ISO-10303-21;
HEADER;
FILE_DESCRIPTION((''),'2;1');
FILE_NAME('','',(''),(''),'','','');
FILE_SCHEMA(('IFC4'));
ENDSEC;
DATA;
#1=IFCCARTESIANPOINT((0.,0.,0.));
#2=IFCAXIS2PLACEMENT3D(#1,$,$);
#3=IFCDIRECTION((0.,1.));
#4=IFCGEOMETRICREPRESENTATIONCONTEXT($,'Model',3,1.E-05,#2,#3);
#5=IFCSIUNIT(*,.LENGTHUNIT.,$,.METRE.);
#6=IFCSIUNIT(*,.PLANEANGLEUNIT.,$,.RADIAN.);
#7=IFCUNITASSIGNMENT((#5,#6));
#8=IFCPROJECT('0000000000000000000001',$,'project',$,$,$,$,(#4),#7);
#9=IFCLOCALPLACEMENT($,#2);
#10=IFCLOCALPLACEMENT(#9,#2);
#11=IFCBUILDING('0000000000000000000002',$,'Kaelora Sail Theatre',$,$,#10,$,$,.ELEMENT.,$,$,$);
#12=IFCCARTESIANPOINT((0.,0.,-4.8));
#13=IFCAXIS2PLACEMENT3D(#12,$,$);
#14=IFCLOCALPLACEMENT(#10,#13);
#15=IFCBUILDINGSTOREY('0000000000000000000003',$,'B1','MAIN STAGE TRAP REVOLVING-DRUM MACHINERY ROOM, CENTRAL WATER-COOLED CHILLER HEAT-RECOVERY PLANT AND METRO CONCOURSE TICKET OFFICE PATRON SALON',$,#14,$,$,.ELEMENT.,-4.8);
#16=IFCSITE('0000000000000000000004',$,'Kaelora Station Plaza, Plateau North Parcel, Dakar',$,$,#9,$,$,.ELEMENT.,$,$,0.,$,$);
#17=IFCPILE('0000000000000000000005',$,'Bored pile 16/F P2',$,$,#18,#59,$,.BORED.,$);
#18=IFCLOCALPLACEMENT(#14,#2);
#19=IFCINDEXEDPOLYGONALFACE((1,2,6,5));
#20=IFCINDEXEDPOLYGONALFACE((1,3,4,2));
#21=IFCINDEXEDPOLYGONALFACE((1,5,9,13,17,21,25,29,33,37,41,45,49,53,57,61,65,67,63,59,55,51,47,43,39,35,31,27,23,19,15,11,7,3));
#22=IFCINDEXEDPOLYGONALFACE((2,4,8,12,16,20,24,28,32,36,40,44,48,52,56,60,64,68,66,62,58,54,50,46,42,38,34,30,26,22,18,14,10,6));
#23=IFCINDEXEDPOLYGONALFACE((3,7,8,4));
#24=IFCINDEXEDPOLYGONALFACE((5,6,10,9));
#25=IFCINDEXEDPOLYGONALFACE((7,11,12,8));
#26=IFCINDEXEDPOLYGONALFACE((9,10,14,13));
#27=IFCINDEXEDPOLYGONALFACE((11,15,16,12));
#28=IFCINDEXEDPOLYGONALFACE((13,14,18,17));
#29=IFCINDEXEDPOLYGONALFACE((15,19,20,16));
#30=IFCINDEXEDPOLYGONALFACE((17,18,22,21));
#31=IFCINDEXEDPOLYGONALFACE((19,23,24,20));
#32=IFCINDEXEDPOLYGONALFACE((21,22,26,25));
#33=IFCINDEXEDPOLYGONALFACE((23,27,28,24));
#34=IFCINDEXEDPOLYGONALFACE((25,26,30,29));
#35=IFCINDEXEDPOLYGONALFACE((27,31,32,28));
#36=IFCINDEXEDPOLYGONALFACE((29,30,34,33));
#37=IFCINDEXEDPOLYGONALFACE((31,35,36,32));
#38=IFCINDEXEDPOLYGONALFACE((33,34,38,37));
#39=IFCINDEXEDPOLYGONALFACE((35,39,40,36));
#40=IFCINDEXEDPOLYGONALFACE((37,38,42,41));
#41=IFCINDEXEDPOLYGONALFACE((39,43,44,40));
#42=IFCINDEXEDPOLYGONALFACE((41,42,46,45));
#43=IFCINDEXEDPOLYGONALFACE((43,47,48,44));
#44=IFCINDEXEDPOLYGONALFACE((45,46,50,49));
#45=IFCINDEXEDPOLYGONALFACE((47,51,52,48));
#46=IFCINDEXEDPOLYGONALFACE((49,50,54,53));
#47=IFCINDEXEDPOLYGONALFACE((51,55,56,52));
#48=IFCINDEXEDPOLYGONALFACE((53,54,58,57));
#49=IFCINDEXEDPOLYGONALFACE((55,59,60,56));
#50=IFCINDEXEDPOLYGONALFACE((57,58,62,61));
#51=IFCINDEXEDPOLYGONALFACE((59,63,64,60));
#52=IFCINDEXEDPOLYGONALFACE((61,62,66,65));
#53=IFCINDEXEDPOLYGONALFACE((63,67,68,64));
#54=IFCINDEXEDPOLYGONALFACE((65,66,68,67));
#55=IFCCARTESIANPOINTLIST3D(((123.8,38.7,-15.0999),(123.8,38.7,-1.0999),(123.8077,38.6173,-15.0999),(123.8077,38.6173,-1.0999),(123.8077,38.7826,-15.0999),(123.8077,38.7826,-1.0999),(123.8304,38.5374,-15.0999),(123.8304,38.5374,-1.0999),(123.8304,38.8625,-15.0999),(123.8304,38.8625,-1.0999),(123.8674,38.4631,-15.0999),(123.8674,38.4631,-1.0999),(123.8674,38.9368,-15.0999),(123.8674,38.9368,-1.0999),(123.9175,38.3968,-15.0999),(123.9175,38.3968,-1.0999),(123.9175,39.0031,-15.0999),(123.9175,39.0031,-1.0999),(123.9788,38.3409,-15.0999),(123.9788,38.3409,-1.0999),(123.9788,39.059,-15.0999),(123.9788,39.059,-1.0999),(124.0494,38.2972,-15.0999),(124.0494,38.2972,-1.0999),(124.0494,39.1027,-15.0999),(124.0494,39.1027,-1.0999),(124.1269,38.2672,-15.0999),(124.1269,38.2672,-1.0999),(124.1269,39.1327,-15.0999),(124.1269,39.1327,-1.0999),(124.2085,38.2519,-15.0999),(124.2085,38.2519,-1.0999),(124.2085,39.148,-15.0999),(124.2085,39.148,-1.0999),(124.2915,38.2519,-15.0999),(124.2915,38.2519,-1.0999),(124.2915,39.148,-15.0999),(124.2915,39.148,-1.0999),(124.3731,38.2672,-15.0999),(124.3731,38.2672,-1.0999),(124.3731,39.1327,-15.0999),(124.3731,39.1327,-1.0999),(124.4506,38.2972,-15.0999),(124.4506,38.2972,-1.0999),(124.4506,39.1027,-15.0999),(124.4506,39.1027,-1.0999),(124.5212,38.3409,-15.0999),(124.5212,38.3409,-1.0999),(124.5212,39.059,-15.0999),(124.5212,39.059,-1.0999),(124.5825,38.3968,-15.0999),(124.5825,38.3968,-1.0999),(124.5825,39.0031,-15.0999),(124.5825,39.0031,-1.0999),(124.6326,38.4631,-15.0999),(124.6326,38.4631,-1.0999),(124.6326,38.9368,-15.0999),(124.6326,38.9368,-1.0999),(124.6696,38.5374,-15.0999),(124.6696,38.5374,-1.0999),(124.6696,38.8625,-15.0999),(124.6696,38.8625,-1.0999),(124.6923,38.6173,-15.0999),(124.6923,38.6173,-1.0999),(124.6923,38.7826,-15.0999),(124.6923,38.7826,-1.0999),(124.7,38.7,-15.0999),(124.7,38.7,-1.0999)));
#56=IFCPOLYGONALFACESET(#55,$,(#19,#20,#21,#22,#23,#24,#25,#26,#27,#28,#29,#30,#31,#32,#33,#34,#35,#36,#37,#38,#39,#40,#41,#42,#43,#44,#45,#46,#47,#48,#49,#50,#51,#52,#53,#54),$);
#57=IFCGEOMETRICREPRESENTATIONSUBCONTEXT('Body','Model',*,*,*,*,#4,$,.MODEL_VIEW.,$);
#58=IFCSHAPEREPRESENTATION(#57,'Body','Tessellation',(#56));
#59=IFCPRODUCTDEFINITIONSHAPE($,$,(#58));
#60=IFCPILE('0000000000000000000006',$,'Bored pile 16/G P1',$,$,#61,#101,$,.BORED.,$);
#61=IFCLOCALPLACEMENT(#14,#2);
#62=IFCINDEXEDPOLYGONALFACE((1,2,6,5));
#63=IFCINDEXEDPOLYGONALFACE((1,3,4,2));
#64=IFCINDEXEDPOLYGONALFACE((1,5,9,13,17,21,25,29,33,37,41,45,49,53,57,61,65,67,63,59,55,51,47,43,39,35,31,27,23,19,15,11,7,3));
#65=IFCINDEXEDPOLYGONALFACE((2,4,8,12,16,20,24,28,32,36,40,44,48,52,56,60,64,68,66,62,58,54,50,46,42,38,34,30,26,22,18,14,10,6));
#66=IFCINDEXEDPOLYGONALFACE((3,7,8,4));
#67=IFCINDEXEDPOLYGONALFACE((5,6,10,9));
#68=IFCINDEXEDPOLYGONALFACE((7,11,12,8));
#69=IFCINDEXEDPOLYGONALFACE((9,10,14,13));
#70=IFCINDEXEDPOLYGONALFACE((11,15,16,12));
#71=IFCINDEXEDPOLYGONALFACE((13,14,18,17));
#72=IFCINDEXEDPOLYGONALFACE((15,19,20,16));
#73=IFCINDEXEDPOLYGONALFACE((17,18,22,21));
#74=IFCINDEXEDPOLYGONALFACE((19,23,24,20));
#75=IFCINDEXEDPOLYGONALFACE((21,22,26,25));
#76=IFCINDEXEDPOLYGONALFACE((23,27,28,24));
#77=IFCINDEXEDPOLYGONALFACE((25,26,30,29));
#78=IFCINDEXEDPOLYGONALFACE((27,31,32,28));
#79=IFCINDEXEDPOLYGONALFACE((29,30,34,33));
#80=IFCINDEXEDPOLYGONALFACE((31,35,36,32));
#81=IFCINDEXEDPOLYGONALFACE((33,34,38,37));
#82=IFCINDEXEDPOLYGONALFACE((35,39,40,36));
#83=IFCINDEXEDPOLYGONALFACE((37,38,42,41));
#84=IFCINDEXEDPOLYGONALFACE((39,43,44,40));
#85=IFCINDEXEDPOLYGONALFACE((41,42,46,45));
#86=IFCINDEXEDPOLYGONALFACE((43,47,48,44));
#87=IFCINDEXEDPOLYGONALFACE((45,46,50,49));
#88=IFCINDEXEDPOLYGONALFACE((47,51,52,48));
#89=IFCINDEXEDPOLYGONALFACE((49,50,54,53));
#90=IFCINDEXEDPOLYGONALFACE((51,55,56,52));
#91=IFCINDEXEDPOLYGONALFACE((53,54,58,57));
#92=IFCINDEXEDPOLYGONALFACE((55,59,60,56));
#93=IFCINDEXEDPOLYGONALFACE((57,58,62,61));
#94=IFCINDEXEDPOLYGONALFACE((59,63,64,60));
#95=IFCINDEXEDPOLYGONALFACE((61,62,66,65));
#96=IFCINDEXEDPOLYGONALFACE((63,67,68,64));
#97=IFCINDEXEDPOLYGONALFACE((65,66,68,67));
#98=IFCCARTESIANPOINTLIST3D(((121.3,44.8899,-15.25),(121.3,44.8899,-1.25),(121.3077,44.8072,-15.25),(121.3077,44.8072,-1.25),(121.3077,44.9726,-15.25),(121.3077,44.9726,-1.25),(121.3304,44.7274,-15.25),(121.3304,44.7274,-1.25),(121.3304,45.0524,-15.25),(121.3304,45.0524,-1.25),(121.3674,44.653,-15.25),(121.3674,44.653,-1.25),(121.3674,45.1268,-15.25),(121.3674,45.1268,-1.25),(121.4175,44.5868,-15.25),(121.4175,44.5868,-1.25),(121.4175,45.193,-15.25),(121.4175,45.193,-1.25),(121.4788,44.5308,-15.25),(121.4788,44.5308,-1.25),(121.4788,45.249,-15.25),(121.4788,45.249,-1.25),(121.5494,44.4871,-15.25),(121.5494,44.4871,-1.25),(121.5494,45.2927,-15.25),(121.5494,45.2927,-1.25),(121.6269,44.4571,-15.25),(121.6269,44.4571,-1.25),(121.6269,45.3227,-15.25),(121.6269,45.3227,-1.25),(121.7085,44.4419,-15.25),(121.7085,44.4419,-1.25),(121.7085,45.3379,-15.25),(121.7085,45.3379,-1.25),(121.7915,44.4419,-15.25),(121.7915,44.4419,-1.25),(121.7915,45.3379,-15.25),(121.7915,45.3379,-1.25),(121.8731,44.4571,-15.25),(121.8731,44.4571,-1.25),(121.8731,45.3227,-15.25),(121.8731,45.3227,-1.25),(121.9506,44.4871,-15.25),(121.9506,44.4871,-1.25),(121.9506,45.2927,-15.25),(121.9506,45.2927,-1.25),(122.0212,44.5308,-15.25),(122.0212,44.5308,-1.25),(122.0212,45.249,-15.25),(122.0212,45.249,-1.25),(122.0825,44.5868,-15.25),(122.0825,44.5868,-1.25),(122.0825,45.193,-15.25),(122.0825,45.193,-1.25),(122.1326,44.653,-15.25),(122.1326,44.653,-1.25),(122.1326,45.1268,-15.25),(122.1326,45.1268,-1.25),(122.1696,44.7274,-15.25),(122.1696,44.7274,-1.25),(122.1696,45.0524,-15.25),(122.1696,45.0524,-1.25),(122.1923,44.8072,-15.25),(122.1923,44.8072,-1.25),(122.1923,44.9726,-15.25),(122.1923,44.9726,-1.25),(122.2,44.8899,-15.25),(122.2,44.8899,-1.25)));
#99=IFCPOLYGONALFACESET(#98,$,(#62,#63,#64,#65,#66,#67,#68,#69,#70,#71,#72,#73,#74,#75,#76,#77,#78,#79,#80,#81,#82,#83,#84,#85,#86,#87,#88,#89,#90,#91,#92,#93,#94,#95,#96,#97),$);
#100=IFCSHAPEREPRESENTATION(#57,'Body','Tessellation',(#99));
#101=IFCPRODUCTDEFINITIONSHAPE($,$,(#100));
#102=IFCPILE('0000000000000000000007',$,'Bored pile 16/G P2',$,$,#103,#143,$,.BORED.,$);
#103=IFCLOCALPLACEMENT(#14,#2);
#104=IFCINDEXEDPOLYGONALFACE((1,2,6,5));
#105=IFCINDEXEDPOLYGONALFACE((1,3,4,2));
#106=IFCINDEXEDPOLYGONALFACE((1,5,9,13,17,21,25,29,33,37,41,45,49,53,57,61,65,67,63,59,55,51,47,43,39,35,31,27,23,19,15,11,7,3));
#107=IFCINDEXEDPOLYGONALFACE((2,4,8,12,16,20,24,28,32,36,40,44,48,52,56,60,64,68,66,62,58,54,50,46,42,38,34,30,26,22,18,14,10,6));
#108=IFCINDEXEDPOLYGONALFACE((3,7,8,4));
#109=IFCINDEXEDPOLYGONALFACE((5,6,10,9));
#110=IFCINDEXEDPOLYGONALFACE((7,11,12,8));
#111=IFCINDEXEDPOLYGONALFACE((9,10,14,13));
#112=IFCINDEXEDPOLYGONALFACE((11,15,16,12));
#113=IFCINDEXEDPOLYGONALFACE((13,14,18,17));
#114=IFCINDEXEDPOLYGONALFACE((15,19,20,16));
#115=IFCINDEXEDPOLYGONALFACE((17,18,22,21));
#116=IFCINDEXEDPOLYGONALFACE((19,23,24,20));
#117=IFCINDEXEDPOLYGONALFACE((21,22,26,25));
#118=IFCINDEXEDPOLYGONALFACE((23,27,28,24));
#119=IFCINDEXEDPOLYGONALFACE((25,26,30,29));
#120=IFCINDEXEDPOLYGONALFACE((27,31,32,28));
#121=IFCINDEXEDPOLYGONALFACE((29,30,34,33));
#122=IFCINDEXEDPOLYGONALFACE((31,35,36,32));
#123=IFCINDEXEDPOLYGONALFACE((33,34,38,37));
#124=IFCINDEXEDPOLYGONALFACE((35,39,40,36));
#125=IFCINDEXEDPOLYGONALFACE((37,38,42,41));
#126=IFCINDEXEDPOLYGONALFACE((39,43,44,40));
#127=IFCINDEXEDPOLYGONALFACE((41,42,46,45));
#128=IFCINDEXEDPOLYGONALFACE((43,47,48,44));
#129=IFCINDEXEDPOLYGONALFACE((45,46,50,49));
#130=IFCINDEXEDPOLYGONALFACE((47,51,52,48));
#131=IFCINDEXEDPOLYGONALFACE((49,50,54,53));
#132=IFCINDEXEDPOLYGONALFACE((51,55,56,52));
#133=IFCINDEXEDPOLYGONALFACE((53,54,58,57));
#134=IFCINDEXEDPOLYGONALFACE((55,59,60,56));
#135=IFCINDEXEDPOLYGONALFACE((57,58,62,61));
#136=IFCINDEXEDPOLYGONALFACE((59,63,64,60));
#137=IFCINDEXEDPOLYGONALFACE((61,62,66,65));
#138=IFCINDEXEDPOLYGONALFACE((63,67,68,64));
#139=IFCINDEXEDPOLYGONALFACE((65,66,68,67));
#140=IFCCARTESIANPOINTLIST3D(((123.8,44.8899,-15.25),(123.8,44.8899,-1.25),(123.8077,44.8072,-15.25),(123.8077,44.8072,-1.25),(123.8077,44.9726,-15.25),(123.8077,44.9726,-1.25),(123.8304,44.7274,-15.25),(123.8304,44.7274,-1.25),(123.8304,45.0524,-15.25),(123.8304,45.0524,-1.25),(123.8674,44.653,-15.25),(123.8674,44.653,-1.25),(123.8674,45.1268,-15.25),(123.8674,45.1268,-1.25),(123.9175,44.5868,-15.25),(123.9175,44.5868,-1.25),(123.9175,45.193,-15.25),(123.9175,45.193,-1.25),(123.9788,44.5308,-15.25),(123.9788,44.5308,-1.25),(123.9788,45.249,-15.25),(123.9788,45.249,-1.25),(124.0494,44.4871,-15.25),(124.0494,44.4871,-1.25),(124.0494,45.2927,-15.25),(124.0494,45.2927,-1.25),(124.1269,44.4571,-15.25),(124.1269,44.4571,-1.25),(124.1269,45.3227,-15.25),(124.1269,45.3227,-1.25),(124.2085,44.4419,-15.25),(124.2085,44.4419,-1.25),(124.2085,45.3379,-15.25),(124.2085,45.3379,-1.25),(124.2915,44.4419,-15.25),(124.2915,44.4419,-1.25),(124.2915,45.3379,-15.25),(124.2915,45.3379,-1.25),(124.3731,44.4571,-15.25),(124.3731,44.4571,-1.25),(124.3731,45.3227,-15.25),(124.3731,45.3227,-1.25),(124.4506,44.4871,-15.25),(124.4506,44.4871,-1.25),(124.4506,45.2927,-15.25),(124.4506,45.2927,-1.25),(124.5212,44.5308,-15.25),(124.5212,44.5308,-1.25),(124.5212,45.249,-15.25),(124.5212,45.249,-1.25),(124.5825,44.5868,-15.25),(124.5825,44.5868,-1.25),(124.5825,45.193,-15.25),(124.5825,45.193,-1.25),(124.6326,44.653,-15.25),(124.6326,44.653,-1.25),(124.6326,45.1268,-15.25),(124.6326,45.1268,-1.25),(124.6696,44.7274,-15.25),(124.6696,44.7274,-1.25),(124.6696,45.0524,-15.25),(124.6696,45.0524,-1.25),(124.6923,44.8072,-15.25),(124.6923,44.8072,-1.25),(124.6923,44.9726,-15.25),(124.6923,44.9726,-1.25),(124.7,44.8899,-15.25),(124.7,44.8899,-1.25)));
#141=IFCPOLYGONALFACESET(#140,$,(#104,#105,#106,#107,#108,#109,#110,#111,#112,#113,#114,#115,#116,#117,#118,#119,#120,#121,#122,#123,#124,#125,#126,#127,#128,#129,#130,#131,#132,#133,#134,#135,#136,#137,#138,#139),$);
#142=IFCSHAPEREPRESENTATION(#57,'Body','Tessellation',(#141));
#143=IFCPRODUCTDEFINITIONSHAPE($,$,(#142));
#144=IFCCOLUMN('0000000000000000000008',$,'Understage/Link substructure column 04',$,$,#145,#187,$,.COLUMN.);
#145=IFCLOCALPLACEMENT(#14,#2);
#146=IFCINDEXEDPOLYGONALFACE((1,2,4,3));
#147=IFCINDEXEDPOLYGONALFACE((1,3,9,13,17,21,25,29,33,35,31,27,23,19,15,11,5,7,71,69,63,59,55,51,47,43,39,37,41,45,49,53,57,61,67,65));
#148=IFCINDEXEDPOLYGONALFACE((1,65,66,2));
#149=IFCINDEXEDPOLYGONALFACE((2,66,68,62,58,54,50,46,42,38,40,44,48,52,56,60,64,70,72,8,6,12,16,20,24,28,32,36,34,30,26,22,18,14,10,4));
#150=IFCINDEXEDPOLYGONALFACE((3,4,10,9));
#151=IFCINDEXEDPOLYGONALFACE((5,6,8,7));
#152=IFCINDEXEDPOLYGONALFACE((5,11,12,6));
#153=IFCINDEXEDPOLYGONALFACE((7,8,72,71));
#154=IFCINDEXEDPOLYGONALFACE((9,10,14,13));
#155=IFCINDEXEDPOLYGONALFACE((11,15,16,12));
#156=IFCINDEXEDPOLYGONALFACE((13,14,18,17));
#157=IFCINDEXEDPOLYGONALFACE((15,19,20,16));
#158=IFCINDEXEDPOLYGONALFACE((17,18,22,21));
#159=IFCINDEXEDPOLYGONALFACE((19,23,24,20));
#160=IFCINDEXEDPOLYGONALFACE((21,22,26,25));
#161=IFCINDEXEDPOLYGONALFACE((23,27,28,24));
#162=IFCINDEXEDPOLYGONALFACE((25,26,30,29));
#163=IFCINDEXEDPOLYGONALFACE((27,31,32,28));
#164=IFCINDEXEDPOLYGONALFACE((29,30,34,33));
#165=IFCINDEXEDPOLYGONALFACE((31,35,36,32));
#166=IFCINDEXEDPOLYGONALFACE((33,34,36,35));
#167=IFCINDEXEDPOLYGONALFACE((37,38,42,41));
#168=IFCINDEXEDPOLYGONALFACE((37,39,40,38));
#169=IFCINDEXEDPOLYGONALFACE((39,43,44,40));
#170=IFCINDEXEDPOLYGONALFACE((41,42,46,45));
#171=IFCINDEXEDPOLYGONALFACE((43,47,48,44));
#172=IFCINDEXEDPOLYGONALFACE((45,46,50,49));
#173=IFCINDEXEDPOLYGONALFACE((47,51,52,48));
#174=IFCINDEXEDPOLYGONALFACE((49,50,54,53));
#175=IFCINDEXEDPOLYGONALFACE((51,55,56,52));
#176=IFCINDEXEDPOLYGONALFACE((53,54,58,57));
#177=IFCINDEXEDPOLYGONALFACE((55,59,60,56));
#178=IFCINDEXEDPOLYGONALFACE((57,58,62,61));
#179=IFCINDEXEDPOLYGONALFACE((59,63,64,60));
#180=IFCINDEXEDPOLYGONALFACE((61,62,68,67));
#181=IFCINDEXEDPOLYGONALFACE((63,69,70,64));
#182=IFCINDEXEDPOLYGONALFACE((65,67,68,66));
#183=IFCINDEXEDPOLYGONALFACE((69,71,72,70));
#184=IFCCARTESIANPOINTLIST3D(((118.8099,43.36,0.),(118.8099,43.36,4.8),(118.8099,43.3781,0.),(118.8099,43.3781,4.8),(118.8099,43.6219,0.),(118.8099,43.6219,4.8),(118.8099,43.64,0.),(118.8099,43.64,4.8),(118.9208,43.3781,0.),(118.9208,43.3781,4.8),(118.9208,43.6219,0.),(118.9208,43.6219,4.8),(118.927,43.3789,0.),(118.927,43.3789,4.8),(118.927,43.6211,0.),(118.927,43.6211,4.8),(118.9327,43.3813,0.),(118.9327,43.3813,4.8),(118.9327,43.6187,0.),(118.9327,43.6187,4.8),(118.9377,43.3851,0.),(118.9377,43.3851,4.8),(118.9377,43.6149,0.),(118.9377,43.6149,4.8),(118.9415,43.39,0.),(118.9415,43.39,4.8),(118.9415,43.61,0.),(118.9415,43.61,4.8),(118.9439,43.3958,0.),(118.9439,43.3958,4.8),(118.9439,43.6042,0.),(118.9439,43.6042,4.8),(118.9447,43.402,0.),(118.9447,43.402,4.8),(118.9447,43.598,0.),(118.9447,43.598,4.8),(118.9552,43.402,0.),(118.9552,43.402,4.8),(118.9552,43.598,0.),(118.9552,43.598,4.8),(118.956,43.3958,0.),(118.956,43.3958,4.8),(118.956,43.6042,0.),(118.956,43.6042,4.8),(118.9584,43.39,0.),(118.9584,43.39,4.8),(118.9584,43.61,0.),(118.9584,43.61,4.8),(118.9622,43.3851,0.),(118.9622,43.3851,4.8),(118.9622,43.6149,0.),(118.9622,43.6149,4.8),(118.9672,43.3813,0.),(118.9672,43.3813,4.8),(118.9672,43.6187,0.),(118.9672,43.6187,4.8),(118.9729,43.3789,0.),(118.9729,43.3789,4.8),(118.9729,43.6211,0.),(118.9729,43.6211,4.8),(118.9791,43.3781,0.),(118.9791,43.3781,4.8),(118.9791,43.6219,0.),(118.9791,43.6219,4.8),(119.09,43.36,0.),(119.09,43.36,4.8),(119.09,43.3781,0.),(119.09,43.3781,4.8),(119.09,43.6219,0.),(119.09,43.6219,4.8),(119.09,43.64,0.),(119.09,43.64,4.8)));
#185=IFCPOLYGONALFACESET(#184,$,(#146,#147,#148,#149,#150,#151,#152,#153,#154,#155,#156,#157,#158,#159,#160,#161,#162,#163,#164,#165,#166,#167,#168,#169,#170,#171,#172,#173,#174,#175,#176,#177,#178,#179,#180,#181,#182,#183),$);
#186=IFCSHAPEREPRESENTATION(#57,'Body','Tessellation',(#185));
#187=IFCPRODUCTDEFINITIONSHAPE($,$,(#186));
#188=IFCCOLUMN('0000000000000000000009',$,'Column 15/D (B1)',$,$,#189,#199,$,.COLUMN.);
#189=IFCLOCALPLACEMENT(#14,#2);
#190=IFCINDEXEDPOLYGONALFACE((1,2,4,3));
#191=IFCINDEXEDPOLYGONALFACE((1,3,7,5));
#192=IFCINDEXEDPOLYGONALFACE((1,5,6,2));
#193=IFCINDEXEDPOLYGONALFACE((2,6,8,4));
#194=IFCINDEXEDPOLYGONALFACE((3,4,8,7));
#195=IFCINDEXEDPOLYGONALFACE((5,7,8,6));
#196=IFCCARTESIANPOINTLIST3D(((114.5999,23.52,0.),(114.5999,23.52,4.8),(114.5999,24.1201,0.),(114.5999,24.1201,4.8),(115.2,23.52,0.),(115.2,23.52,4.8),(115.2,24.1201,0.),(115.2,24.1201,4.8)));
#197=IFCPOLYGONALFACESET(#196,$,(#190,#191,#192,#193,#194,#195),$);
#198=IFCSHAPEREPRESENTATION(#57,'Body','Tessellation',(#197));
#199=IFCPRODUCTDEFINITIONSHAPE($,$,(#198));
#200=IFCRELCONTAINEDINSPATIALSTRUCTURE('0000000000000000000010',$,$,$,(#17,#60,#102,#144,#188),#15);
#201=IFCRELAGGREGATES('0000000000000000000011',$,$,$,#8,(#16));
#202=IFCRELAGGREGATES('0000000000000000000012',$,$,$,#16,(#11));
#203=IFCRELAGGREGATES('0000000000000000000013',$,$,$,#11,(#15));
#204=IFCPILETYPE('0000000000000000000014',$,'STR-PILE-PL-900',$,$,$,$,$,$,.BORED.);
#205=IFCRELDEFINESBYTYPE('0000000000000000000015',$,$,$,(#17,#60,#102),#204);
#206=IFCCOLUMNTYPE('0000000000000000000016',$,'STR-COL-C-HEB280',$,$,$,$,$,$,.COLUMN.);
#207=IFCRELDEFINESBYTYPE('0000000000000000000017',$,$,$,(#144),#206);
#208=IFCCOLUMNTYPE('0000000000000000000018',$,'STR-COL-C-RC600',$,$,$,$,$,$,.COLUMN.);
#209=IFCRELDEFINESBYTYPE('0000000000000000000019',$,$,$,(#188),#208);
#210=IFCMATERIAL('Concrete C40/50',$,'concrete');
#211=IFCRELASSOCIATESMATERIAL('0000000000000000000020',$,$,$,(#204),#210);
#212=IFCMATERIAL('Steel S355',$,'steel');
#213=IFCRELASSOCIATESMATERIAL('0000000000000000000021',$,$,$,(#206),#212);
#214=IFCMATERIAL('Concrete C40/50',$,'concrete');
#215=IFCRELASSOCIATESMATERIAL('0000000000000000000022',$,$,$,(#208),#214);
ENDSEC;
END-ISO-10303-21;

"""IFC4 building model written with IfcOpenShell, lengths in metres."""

from ifc_helpers import new_model, si_unit, direction, frame, origin, origin_2d, place, context, subcontext, project, spatial, rectangle, circle, i_section, extrude, material, material_profile, profile_set, type_object, element, save


model = new_model("IFC4")

# Units and contexts
model_context = context("Model", 3, precision=1e-05, world=origin(), true_north=direction((0.0, 1.0)))
body_context = subcontext(model_context, "Body", "Model", "MODEL_VIEW")
ifc_project = project(units=[si_unit("LENGTHUNIT", "METRE"), si_unit("PLANEANGLEUNIT", "RADIAN")], contexts=[model_context])

# Site, building, storey
site_placement = place(None, origin())
site = spatial("IfcSite", under=ifc_project, at=site_placement, Name="Kaelora Station Plaza, Plateau North Parcel, Dakar", CompositionType="ELEMENT", RefElevation=0.0)
building_placement = place(site_placement, origin())
building = spatial("IfcBuilding", under=site, at=building_placement, Name="Kaelora Sail Theatre", CompositionType="ELEMENT")
storey_placement = place(building_placement, frame((0.0, 0.0, -4.8)))
storey = spatial("IfcBuildingStorey", under=building, at=storey_placement, Name="B1", Description="MAIN STAGE TRAP REVOLVING-DRUM MACHINERY ROOM, CENTRAL WATER-COOLED CHILLER HEAT-RECOVERY PLANT AND METRO CONCOURSE TICKET OFFICE PATRON SALON", CompositionType="ELEMENT", Elevation=-4.8)

# Piles
ifc_material_1 = material(Name="Concrete C40/50", Category="concrete")
ifc_material_profile_1 = material_profile(ifc_material_1, circle(Radius=0.45, at=origin_2d()), Name="PILE D900")
ifc_profile_set_1 = profile_set([ifc_material_profile_1], Name="Concrete C40/50")
pile_type = type_object("IfcPileType", Name="STR-PILE-PL-900", PredefinedType="BORED", material=ifc_profile_set_1)
for number, where, z_axis, x_axis, name in (
    (1, (124.25, 38.7, -1.0999), (0.0, 0.0, -1.0), (1.0, 0.0, 0.0), "Bored pile 16/F P2"),
    (2, (121.75, 44.8899, -1.25), (0.0, 0.0, -1.0), (1.0, 0.0, 0.0), "Bored pile 16/G P1"),
    (3, (124.25, 44.8899, -1.25), (0.0, 0.0, -1.0), (1.0, 0.0, 0.0), "Bored pile 16/G P2"),
):
    element("IfcPile", number, at=place(storey_placement, frame(where, z_axis=z_axis, x_axis=x_axis)), inside=storey, type_object=pile_type, Name=name, PredefinedType="BORED", context=body_context, shape_type="SweptSolid", body=[
        extrude(circle(Radius=0.45, at=origin_2d()), origin(), (0.0, 0.0, 1.0), 14.0),
    ])

# Columns
ifc_material_2 = material(Name="Steel S355", Category="steel")
ifc_material_profile_2 = material_profile(ifc_material_2, i_section(OverallWidth=0.28, OverallDepth=0.28, WebThickness=0.0105, FlangeThickness=0.0181, FilletRadius=0.0239, at=origin_2d()), Name="HEB 280")
ifc_profile_set_2 = profile_set([ifc_material_profile_2], Name="Steel S355")
column_type_1 = type_object("IfcColumnType", Name="STR-COL-C-HEB280", PredefinedType="COLUMN", material=ifc_profile_set_2)
column_placement = place(storey_placement, frame((118.95, 43.5, 0.0), z_axis=(0.0, 0.0, 1.0), x_axis=(1.0, 0.0, 0.0)))
element("IfcColumn", 4, at=column_placement, inside=storey, type_object=column_type_1, Name="Understage/Link substructure column 04", PredefinedType="COLUMN", context=body_context, shape_type="SweptSolid", body=[
    extrude(i_section(OverallWidth=0.28, OverallDepth=0.28, WebThickness=0.0105, FlangeThickness=0.0181, FilletRadius=0.0239, at=origin_2d()), origin(), (0.0, 0.0, 1.0), 4.8),
])
ifc_material_3 = material(Name="Concrete C40/50", Category="concrete")
ifc_material_profile_3 = material_profile(ifc_material_3, rectangle(XDim=0.6001, YDim=0.6001, at=origin_2d()), Name="RC-COL 600x600")
ifc_profile_set_3 = profile_set([ifc_material_profile_3], Name="Concrete C40/50")
column_type_2 = type_object("IfcColumnType", Name="STR-COL-C-RC600", PredefinedType="COLUMN", material=ifc_profile_set_3)
for number, where, z_axis, x_axis, name in (
    (5, (114.8999, 23.8201, 0.0), (0.0, 0.0, 1.0), (1.0, 0.0, 0.0), "Column 15/D (B1)"),
):
    element("IfcColumn", number, at=place(storey_placement, frame(where, z_axis=z_axis, x_axis=x_axis)), inside=storey, type_object=column_type_2, Name=name, PredefinedType="COLUMN", context=body_context, shape_type="SweptSolid", body=[
        extrude(rectangle(XDim=0.6001, YDim=0.6001, at=origin_2d()), origin(), (0.0, 0.0, 1.0), 4.8),
    ])

save(model, "model.ifc")
